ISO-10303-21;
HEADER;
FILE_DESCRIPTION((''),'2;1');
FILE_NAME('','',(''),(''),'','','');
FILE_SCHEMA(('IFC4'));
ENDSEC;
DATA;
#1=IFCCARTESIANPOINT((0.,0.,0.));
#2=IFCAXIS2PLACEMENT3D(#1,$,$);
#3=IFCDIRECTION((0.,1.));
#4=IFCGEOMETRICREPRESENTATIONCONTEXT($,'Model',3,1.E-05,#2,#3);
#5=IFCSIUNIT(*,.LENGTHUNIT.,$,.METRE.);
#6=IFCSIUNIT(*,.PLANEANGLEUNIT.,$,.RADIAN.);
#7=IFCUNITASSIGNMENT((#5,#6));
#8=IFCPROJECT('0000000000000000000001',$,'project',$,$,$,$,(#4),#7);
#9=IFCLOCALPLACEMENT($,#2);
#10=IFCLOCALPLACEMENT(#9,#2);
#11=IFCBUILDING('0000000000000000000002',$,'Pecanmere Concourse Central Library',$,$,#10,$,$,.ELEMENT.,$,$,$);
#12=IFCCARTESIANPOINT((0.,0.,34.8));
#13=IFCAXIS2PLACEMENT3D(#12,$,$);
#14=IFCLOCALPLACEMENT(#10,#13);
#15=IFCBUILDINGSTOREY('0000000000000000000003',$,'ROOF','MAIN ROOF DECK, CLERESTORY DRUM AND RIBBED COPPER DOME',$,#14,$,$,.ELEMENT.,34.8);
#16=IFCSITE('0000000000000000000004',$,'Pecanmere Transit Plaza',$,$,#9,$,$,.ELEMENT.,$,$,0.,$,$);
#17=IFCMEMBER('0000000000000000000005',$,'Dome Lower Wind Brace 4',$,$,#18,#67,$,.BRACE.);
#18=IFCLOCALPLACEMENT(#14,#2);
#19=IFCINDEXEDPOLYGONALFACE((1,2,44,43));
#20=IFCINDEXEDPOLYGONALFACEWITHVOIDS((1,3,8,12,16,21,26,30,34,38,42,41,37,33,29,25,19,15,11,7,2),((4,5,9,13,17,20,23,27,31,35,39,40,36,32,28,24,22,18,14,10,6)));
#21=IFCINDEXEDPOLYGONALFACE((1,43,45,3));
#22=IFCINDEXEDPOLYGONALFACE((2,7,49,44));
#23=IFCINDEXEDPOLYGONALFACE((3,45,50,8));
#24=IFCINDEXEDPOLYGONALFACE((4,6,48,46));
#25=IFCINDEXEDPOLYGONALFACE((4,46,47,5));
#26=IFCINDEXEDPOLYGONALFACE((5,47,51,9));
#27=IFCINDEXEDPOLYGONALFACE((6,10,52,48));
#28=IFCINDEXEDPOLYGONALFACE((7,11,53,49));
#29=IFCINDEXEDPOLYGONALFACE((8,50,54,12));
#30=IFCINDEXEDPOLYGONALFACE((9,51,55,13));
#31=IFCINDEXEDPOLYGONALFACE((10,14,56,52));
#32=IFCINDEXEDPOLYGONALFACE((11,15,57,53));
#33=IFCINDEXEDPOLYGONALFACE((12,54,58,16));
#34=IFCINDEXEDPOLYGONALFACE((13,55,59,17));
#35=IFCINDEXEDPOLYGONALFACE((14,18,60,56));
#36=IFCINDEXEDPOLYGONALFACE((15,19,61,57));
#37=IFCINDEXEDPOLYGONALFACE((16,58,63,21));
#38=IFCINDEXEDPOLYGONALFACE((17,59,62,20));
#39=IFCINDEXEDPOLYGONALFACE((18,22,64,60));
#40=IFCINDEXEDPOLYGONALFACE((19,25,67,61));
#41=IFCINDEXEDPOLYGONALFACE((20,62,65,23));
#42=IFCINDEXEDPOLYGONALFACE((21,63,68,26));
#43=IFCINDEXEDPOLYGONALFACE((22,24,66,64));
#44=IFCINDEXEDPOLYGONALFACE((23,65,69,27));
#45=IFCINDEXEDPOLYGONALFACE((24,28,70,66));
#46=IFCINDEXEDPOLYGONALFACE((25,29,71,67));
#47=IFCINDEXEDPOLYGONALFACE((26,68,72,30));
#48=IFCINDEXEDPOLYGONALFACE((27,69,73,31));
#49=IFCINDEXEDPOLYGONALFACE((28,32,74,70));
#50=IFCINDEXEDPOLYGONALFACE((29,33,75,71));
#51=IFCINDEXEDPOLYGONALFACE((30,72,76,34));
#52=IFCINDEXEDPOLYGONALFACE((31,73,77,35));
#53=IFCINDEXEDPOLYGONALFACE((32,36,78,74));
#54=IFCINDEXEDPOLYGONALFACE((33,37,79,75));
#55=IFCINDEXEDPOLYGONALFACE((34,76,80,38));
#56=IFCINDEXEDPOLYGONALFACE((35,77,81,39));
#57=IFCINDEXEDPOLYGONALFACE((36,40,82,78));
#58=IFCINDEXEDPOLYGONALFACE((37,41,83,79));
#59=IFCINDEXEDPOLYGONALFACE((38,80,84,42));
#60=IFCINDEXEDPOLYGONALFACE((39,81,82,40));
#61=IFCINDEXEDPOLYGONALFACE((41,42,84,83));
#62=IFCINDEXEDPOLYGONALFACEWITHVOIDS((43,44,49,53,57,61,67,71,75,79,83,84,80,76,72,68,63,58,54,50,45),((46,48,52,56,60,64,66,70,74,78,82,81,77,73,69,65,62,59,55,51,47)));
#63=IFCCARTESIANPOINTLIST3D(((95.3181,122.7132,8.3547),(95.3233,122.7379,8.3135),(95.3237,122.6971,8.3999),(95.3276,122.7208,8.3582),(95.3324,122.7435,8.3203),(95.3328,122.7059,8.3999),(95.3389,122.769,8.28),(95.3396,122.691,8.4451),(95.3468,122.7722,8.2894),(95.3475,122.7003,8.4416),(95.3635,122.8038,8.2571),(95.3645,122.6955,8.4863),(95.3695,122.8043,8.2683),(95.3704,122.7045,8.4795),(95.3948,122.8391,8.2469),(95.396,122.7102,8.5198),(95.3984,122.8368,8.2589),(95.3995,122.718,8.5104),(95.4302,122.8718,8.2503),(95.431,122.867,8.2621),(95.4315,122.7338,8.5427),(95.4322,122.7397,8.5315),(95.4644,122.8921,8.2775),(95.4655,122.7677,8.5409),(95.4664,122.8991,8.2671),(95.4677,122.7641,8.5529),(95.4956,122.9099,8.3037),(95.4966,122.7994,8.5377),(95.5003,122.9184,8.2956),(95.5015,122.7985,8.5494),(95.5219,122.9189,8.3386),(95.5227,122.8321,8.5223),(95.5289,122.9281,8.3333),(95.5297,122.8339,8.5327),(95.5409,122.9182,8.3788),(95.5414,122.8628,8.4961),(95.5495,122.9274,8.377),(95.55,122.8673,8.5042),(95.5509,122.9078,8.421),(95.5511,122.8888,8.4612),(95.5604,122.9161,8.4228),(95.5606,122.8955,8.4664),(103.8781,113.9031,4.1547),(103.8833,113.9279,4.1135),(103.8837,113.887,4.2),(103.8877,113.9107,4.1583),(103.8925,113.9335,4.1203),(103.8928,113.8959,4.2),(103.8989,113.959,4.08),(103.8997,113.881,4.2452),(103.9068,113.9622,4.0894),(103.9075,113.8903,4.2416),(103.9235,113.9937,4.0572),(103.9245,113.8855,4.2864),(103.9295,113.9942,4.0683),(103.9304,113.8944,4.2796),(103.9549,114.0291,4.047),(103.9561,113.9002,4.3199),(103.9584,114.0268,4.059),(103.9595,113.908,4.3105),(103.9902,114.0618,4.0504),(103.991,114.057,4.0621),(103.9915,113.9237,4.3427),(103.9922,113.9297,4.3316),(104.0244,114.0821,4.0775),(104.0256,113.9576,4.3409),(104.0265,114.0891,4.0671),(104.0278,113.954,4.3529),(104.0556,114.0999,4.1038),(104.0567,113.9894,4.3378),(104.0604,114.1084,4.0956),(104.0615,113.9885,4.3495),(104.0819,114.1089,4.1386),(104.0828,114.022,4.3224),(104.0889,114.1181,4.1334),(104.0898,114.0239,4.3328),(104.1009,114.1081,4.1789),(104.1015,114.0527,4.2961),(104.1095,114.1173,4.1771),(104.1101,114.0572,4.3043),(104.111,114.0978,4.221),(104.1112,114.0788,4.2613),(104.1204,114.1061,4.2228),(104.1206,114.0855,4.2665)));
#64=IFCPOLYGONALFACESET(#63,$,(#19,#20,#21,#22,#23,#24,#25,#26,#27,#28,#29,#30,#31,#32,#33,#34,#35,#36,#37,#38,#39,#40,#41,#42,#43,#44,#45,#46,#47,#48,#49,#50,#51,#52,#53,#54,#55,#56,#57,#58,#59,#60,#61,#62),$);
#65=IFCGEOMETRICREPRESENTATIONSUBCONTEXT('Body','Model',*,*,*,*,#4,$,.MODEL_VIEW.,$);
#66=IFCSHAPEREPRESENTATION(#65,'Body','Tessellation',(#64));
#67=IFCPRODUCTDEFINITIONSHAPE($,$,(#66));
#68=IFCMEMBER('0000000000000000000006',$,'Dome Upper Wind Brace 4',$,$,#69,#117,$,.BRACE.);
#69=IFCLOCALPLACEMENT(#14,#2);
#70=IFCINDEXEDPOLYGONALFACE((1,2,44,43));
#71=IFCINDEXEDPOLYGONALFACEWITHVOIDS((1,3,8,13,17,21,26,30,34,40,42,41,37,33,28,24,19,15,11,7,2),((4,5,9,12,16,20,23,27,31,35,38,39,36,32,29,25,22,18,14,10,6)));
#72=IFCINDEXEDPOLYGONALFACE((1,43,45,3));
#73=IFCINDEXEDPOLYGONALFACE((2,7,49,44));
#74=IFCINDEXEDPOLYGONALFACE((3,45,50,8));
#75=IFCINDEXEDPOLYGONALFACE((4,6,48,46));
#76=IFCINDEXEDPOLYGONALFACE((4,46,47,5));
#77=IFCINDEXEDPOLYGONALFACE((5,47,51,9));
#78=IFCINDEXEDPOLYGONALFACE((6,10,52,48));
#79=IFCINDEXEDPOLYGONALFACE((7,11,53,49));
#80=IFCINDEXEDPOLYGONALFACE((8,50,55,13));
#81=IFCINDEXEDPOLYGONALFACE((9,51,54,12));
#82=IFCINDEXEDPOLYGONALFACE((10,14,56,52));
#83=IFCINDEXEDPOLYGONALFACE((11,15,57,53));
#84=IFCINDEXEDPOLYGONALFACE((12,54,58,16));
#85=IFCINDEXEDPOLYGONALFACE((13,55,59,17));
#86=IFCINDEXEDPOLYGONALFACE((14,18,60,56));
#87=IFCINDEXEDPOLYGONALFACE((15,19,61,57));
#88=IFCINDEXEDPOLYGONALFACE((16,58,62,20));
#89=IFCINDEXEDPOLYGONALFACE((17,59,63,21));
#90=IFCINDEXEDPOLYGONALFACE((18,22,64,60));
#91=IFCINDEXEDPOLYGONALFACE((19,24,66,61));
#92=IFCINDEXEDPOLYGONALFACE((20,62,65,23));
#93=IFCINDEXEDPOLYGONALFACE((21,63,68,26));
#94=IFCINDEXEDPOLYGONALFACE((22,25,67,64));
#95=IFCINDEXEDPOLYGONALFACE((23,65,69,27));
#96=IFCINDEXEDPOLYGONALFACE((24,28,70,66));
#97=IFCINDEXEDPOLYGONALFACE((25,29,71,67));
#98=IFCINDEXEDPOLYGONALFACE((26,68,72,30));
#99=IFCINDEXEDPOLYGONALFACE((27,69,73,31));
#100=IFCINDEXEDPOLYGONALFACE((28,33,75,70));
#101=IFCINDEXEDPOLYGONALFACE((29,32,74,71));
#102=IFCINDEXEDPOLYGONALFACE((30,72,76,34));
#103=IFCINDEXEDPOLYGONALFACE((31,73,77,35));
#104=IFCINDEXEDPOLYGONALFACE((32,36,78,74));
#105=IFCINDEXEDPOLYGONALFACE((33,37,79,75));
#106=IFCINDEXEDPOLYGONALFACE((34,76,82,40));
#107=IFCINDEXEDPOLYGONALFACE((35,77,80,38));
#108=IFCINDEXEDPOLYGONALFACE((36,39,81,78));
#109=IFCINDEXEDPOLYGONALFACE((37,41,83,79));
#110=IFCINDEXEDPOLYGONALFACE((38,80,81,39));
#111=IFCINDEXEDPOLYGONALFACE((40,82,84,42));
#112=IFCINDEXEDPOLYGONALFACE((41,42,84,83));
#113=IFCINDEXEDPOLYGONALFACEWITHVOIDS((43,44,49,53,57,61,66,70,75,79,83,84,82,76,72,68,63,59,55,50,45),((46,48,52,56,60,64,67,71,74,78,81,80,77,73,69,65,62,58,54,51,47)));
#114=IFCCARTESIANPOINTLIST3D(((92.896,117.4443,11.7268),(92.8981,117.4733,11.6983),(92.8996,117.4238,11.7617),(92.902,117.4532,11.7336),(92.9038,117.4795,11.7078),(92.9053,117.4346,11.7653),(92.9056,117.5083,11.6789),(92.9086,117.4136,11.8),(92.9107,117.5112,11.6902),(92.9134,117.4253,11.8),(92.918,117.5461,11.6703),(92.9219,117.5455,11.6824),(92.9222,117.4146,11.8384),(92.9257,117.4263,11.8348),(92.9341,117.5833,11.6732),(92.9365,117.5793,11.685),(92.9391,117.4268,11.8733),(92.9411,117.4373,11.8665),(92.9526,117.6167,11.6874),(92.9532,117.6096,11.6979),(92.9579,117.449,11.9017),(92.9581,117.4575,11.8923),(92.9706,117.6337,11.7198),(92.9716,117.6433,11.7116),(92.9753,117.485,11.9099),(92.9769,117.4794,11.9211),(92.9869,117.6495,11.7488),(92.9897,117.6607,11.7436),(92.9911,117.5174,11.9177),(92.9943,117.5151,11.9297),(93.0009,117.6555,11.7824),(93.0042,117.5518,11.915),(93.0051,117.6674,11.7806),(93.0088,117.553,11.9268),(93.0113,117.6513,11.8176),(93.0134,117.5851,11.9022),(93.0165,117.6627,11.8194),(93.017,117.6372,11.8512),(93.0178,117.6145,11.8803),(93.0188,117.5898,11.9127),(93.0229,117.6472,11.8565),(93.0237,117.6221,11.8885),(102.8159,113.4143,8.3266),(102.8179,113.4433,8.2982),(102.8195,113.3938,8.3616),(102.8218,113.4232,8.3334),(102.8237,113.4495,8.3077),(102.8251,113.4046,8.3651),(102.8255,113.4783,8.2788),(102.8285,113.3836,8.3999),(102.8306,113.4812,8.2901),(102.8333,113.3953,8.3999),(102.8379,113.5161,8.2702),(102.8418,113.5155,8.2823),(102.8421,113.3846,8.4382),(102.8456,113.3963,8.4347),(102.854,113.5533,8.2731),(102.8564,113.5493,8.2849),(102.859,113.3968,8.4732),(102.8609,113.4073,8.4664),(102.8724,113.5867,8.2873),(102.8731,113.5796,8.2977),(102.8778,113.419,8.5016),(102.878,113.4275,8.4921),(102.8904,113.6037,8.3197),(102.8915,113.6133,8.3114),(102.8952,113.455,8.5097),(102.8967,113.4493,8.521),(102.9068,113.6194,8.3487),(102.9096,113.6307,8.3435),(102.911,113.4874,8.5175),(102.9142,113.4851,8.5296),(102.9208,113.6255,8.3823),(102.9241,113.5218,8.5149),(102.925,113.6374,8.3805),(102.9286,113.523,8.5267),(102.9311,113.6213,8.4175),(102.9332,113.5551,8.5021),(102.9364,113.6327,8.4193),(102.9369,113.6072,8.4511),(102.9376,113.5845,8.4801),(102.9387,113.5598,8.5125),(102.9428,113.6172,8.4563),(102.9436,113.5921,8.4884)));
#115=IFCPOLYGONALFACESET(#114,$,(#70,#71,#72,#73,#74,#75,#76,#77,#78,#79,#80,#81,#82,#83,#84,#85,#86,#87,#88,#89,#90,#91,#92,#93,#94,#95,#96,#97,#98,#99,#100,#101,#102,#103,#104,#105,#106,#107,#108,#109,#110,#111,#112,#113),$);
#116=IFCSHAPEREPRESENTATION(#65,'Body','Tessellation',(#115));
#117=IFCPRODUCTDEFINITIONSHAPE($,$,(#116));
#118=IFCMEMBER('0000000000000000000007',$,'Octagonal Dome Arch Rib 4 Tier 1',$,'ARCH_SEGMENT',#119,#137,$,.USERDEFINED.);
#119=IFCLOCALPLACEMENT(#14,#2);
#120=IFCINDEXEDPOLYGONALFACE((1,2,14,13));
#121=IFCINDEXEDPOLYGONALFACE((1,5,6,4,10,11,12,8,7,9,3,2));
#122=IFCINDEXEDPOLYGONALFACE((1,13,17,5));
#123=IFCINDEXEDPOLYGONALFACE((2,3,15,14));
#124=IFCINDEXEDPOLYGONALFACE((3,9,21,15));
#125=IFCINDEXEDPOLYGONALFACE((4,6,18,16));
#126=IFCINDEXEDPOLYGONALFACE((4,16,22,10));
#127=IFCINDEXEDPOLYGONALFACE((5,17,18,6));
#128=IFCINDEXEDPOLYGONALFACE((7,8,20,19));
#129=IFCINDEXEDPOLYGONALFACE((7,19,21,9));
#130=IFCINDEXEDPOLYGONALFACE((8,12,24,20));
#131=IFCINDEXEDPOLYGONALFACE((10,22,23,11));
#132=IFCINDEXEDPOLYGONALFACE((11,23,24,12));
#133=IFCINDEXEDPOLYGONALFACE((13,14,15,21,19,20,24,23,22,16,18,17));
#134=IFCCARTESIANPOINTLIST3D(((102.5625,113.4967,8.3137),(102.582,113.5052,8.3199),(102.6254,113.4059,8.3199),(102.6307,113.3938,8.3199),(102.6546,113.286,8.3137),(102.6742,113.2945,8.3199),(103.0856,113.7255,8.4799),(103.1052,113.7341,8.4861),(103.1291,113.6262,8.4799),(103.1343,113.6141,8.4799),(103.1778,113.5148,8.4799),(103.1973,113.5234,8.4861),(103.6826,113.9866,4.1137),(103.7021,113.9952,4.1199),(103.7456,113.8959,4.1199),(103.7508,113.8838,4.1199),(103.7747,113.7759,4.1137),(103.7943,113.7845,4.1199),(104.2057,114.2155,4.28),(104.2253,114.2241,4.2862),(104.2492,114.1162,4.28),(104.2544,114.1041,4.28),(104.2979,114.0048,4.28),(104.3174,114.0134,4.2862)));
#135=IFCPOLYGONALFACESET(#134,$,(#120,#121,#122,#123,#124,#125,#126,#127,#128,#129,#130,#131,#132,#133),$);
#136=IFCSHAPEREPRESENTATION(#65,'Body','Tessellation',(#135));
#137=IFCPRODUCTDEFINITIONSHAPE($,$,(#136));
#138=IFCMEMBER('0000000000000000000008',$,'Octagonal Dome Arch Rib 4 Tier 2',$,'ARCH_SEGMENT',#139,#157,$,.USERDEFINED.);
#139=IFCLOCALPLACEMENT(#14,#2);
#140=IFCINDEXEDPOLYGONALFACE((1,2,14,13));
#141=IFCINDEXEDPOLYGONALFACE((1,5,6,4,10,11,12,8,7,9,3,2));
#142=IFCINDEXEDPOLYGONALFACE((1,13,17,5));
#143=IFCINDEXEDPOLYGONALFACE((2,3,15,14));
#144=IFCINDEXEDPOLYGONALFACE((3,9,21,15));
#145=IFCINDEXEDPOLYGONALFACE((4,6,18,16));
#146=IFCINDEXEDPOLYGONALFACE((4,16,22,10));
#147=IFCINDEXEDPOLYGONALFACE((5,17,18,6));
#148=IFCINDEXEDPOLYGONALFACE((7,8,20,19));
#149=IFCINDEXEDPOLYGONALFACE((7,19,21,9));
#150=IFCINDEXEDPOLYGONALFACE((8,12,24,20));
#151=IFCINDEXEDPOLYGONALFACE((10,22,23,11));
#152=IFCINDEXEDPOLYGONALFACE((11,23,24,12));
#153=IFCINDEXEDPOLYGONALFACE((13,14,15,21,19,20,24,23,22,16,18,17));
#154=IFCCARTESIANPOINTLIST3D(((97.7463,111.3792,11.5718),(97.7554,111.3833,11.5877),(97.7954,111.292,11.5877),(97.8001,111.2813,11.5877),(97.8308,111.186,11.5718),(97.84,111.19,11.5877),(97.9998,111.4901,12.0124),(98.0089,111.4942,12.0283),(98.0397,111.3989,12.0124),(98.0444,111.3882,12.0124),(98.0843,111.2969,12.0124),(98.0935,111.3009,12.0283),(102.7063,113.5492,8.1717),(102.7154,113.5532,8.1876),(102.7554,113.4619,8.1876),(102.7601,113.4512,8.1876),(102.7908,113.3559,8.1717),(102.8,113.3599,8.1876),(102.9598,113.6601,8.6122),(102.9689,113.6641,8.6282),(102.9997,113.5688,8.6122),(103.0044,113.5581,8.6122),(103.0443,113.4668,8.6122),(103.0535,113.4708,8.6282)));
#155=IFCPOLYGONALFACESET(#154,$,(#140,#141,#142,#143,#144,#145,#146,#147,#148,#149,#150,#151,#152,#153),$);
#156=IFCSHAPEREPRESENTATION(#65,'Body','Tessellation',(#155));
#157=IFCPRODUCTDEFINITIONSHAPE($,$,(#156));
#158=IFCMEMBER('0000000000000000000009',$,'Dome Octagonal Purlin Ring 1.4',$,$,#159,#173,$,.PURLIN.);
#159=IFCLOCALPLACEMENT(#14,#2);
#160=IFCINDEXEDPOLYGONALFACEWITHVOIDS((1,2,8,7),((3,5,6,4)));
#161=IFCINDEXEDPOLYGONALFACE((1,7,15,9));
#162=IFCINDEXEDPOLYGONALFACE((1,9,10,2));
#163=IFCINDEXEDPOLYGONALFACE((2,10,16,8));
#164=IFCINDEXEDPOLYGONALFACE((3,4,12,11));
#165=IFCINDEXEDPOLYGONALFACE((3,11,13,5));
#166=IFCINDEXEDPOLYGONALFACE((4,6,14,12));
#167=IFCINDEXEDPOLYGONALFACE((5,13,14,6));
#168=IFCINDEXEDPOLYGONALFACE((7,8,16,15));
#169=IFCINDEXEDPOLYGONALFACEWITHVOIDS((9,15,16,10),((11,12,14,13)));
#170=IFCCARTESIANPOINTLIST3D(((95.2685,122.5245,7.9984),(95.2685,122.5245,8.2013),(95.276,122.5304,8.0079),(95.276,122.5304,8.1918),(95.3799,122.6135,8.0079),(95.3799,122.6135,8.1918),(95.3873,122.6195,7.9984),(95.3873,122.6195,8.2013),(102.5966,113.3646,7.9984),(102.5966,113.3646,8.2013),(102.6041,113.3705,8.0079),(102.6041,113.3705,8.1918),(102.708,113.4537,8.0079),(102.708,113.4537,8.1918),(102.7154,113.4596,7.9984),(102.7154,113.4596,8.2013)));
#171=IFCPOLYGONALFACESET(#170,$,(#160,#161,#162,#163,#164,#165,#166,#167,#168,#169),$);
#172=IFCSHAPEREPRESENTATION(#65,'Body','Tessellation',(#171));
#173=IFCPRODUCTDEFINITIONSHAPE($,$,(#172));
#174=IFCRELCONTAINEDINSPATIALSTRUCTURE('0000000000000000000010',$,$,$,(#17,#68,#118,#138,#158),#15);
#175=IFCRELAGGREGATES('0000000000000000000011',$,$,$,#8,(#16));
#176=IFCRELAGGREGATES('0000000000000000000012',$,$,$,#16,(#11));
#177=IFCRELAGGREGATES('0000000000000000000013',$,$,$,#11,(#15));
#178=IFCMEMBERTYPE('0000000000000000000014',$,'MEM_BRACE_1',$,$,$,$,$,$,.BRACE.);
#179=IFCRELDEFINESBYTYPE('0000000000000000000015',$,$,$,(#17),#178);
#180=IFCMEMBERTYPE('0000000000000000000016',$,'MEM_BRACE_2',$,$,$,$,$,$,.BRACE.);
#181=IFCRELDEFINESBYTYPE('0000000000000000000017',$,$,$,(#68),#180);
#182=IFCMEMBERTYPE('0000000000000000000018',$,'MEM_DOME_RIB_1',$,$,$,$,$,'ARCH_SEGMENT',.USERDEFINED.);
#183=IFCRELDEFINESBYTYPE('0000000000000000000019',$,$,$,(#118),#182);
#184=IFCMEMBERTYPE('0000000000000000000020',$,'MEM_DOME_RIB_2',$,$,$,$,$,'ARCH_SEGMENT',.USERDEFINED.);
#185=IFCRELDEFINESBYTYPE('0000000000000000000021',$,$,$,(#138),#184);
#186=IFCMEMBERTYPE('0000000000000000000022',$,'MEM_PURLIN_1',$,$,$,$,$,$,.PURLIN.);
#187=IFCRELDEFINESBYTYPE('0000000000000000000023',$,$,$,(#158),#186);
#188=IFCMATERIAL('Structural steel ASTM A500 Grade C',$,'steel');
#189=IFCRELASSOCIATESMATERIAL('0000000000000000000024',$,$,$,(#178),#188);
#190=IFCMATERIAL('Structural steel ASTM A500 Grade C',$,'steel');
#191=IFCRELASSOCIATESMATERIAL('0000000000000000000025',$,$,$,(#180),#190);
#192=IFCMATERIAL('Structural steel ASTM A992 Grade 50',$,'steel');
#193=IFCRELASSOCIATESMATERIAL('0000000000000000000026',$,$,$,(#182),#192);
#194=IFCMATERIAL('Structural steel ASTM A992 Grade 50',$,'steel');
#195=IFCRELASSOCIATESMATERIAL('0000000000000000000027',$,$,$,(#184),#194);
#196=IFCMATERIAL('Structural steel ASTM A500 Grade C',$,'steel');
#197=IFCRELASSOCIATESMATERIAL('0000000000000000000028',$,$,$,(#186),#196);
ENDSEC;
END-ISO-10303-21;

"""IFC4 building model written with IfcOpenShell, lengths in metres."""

from ifc_helpers import new_model, si_unit, direction, frame, origin, origin_2d, place, context, subcontext, project, spatial, hollow_rectangle, hollow_circle, i_section, extrude, material, material_profile, profile_set, type_object, element, save


model = new_model("IFC4")

# Units and contexts
model_context = context("Model", 3, precision=1e-05, world=origin(), true_north=direction((0.0, 1.0)))
body_context = subcontext(model_context, "Body", "Model", "MODEL_VIEW")
ifc_project = project(units=[si_unit("LENGTHUNIT", "METRE"), si_unit("PLANEANGLEUNIT", "RADIAN")], contexts=[model_context])

# Site, building, storey
site_placement = place(None, origin())
site = spatial("IfcSite", under=ifc_project, at=site_placement, Name="Pecanmere Transit Plaza", CompositionType="ELEMENT", RefElevation=0.0)
building_placement = place(site_placement, origin())
building = spatial("IfcBuilding", under=site, at=building_placement, Name="Pecanmere Concourse Central Library", CompositionType="ELEMENT")
storey_placement = place(building_placement, frame((0.0, 0.0, 34.8)))
storey = spatial("IfcBuildingStorey", under=building, at=storey_placement, Name="ROOF", Description="MAIN ROOF DECK, CLERESTORY DRUM AND RIBBED COPPER DOME", CompositionType="ELEMENT", Elevation=34.8)

# Members
ifc_material_1 = material(Name="Structural steel ASTM A500 Grade C", Category="steel")
ifc_material_profile_1 = material_profile(ifc_material_1, hollow_circle(Radius=0.1621, WallThickness=0.0127, at=origin_2d()), Name="HSS323.9x12.7")
ifc_profile_set_1 = profile_set([ifc_material_profile_1], Name="Structural steel ASTM A500 Grade C")
member_type_1 = type_object("IfcMemberType", Name="MEM_BRACE_1", PredefinedType="BRACE", material=ifc_profile_set_1)
member_1_placement = place(storey_placement, frame((104.0, 114.0, 4.2), z_axis=(-0.659381, 0.678638, 0.323522), x_axis=(-0.71721, -0.696858, 0.0)))
element("IfcMember", 1, at=member_1_placement, inside=storey, type_object=member_type_1, Name="Dome Lower Wind Brace 4", PredefinedType="BRACE", context=body_context, shape_type="SweptSolid", body=[
    extrude(hollow_circle(Radius=0.1621, WallThickness=0.0127, at=origin_2d()), origin(), (0.0, 0.0, 1.0), 12.9819),
])
ifc_material_2 = material(Name="Structural steel ASTM A500 Grade C", Category="steel")
ifc_material_profile_2 = material_profile(ifc_material_2, hollow_circle(Radius=0.1365, WallThickness=0.0127, at=origin_2d()), Name="HSS273.1x12.7")
ifc_profile_set_2 = profile_set([ifc_material_profile_2], Name="Structural steel ASTM A500 Grade C")
member_type_2 = type_object("IfcMemberType", Name="MEM_BRACE_2", PredefinedType="BRACE", material=ifc_profile_set_2)
member_2_placement = place(storey_placement, frame((102.8799, 113.51, 8.3999), z_axis=(-0.883012, 0.358729, 0.302661), x_axis=(-0.376382, -0.926465, 0.0)))
element("IfcMember", 2, at=member_2_placement, inside=storey, type_object=member_type_2, Name="Dome Upper Wind Brace 4", PredefinedType="BRACE", context=body_context, shape_type="SweptSolid", body=[
    extrude(hollow_circle(Radius=0.1365, WallThickness=0.0127, at=origin_2d()), origin(), (0.0, 0.0, 1.0), 11.2341),
])
ifc_material_3 = material(Name="Structural steel ASTM A992 Grade 50", Category="steel")
ifc_material_profile_3 = material_profile(ifc_material_3, i_section(OverallWidth=0.23, OverallDepth=0.6169, WebThickness=0.0132, FlangeThickness=0.0222, at=origin_2d()), Name="W610x140")
ifc_profile_set_3 = profile_set([ifc_material_profile_3], Name="Structural steel ASTM A992 Grade 50")
member_type_3 = type_object("IfcMemberType", Name="MEM_DOME_RIB_1", ElementType="ARCH_SEGMENT", PredefinedType="USERDEFINED", material=ifc_profile_set_3)
member_3_placement = place(storey_placement, frame((104.0, 114.0, 4.2), z_axis=(-0.256069, -0.112016, 0.960146), x_axis=(0.400777, -0.916176, 0.0)))
element("IfcMember", 3, at=member_3_placement, inside=storey, type_object=member_type_3, Name="Octagonal Dome Arch Rib 4 Tier 1", ObjectType="ARCH_SEGMENT", PredefinedType="USERDEFINED", context=body_context, shape_type="SweptSolid", body=[
    extrude(i_section(OverallWidth=0.23, OverallDepth=0.6169, WebThickness=0.0132, FlangeThickness=0.0222, at=origin_2d()), origin(), (0.0, 0.0, 1.0), 4.3743),
])
ifc_material_4 = material(Name="Structural steel ASTM A992 Grade 50", Category="steel")
ifc_material_profile_4 = material_profile(ifc_material_4, i_section(OverallWidth=0.2109, OverallDepth=0.5391, WebThickness=0.0117, FlangeThickness=0.0188, at=origin_2d()), Name="W530x109")
ifc_profile_set_4 = profile_set([ifc_material_profile_4], Name="Structural steel ASTM A992 Grade 50")
member_type_4 = type_object("IfcMemberType", Name="MEM_DOME_RIB_2", ElementType="ARCH_SEGMENT", PredefinedType="USERDEFINED", material=ifc_profile_set_4)
member_4_placement = place(storey_placement, frame((102.8799, 113.51, 8.3999), z_axis=(-0.775839, -0.33942, 0.531853), x_axis=(0.400809, -0.916161, 0.0)))
element("IfcMember", 4, at=member_4_placement, inside=storey, type_object=member_type_4, Name="Octagonal Dome Arch Rib 4 Tier 2", ObjectType="ARCH_SEGMENT", PredefinedType="USERDEFINED", context=body_context, shape_type="SweptSolid", body=[
    extrude(i_section(OverallWidth=0.2109, OverallDepth=0.5391, WebThickness=0.0117, FlangeThickness=0.0188, at=origin_2d()), origin(), (0.0, 0.0, 1.0), 6.3931),
])
ifc_material_5 = material(Name="Structural steel ASTM A500 Grade C", Category="steel")
ifc_material_profile_5 = material_profile(ifc_material_5, hollow_rectangle(XDim=0.1521, YDim=0.2029, WallThickness=0.0095, at=origin_2d()), Name="HSS203x152x9.5")
ifc_profile_set_5 = profile_set([ifc_material_profile_5], Name="Structural steel ASTM A500 Grade C")
member_type_5 = type_object("IfcMemberType", Name="MEM_PURLIN_1", PredefinedType="PURLIN", material=ifc_profile_set_5)
member_5_placement = place(storey_placement, frame((102.656, 113.4121, 8.0999), z_axis=(-0.624705, 0.780861, 0.0), x_axis=(-0.780861, -0.624705, 0.0)))
element("IfcMember", 5, at=member_5_placement, inside=storey, type_object=member_type_5, Name="Dome Octagonal Purlin Ring 1.4", PredefinedType="PURLIN", context=body_context, shape_type="SweptSolid", body=[
    extrude(hollow_rectangle(XDim=0.1521, YDim=0.2029, WallThickness=0.0095, at=origin_2d()), origin(), (0.0, 0.0, 1.0), 11.7305),
])

save(model, "model.ifc")
